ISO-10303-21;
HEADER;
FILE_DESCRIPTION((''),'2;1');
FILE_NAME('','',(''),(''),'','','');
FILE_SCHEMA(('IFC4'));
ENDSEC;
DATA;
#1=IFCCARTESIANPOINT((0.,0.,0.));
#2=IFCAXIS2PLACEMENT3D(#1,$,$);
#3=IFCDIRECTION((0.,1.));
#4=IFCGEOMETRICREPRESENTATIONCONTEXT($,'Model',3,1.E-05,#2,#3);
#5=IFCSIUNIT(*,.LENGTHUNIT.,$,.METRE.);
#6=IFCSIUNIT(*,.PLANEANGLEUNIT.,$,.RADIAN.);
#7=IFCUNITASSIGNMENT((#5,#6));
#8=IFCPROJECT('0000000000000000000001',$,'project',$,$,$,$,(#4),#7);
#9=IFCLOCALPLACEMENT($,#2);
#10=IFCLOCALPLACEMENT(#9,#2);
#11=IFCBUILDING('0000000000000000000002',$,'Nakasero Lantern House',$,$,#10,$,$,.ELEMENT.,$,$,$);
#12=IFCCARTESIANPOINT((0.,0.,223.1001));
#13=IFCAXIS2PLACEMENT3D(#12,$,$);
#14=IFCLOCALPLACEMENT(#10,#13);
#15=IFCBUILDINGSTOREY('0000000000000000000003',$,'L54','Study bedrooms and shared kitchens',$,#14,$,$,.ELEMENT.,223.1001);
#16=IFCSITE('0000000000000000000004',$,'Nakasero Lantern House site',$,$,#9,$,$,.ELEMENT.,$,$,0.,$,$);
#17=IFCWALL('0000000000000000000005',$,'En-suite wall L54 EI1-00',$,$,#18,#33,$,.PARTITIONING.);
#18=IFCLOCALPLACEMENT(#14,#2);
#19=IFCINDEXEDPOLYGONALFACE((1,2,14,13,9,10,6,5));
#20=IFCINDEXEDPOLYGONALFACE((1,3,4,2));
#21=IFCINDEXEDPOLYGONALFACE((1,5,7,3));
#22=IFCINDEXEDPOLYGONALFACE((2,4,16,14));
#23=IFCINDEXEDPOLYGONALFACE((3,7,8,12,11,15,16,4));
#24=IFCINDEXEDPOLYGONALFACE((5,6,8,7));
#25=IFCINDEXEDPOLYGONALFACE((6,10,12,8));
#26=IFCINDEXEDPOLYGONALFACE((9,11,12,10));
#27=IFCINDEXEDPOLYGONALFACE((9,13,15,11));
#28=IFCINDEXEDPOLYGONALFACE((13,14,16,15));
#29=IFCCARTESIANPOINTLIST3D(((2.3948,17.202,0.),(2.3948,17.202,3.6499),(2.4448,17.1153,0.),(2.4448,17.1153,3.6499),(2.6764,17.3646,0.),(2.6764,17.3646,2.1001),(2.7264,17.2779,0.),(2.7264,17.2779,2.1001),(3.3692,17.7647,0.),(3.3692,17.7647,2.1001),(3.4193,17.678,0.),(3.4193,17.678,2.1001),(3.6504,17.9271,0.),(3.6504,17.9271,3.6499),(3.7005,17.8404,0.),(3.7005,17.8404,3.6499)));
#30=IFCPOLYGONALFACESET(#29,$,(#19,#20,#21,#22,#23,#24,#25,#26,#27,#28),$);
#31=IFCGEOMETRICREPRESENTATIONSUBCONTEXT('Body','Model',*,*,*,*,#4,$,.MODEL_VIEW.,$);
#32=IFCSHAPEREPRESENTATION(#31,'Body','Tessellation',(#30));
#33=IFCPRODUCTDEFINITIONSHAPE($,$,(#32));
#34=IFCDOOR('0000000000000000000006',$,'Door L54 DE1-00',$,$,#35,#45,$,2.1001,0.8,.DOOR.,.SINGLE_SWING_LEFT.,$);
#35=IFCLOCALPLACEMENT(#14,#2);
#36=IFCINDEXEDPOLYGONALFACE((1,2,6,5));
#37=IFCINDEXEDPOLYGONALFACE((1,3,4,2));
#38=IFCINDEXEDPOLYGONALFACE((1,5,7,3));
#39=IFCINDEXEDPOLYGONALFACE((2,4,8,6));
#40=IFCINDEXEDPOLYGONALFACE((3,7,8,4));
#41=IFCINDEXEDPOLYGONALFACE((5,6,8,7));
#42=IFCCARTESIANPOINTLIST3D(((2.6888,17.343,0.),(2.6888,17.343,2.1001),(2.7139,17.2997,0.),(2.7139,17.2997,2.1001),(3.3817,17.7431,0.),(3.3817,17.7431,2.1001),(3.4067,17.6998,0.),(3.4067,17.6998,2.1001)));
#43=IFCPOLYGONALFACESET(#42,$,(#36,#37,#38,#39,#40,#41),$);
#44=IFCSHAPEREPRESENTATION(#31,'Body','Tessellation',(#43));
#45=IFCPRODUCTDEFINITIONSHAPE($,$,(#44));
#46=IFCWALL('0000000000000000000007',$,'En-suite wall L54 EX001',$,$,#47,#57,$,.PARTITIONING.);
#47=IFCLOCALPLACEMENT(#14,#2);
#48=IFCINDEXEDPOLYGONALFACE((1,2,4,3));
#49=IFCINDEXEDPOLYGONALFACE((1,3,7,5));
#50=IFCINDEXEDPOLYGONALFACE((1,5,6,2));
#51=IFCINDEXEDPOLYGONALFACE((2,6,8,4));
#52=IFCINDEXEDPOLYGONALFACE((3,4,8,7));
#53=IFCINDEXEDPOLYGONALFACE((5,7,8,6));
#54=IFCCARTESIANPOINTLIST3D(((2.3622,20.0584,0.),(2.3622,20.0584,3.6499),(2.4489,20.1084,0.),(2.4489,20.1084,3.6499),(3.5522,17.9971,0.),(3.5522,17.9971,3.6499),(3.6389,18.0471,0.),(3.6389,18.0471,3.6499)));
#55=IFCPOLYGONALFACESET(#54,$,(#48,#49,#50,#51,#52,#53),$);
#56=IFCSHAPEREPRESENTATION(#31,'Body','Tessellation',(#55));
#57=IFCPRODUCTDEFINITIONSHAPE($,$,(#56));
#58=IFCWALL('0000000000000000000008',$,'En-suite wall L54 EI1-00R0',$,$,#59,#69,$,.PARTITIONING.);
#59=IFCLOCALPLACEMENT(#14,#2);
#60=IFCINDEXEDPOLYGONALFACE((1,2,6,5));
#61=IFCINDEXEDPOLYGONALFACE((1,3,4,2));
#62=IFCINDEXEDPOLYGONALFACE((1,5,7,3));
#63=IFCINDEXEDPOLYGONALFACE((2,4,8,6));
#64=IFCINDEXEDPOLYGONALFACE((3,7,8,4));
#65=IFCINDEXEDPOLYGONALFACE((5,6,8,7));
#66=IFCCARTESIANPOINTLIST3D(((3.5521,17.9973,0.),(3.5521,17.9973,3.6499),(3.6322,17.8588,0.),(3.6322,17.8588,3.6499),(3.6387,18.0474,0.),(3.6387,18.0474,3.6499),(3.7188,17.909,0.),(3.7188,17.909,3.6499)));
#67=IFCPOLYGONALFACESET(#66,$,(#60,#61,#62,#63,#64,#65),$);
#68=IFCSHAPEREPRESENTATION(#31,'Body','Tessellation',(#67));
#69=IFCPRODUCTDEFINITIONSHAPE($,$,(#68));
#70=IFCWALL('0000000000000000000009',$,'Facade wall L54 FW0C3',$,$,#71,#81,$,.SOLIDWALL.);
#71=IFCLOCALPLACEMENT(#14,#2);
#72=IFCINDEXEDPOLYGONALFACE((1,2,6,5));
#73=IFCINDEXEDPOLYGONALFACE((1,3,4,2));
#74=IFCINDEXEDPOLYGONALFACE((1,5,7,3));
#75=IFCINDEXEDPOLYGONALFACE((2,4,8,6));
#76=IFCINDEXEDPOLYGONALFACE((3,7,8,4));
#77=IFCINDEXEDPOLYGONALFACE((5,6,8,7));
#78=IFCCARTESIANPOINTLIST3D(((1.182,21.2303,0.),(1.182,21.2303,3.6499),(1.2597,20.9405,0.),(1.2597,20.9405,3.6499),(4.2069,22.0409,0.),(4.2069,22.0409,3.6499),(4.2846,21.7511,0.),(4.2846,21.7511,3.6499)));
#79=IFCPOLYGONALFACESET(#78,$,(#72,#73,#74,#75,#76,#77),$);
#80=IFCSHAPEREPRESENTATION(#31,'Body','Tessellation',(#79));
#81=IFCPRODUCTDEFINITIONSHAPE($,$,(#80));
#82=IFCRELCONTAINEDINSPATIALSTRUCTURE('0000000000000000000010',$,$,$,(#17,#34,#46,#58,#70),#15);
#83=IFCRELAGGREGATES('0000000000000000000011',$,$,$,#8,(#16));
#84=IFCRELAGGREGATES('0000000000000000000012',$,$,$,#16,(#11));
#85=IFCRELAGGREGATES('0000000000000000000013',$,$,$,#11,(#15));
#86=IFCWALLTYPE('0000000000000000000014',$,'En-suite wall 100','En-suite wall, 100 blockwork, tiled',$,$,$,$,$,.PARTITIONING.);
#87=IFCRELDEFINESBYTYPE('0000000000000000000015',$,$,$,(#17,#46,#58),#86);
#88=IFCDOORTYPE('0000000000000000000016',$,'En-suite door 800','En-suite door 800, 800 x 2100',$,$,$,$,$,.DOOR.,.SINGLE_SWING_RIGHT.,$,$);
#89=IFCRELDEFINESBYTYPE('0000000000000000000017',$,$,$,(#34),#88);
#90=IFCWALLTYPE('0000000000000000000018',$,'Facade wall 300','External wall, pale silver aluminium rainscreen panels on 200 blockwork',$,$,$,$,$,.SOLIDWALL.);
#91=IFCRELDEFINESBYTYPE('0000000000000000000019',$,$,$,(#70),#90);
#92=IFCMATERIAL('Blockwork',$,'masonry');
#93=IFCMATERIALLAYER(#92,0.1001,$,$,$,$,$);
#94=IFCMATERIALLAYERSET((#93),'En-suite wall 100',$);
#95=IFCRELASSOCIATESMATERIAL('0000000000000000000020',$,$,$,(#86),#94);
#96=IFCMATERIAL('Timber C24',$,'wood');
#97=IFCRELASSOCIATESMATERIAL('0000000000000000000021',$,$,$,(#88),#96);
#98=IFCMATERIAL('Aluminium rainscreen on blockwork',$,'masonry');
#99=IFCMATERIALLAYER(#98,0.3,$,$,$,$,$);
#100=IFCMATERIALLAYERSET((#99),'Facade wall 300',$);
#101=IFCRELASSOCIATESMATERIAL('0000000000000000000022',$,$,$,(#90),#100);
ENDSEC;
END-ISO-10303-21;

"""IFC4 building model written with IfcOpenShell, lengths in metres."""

from ifc_helpers import new_model, si_unit, direction, frame, frame_2d, origin, place, context, subcontext, project, spatial, rectangle, extrude, material, layer, layer_set, type_object, element, fill, save


model = new_model("IFC4")

# Units and contexts
model_context = context("Model", 3, precision=1e-05, world=origin(), true_north=direction((0.0, 1.0)))
body_context = subcontext(model_context, "Body", "Model", "MODEL_VIEW")
ifc_project = project(units=[si_unit("LENGTHUNIT", "METRE"), si_unit("PLANEANGLEUNIT", "RADIAN")], contexts=[model_context])

# Site, building, storey
site_placement = place(None, origin())
site = spatial("IfcSite", under=ifc_project, at=site_placement, Name="Nakasero Lantern House site", CompositionType="ELEMENT", RefElevation=0.0)
building_placement = place(site_placement, origin())
building = spatial("IfcBuilding", under=site, at=building_placement, Name="Nakasero Lantern House", CompositionType="ELEMENT")
storey_placement = place(building_placement, frame((0.0, 0.0, 223.1001)))
storey = spatial("IfcBuildingStorey", under=building, at=storey_placement, Name="L54", Description="Study bedrooms and shared kitchens", CompositionType="ELEMENT", Elevation=223.1001)

# Shared definitions
ifc_material_1 = material(Name="Blockwork", Category="masonry")
ifc_layer_1 = layer(ifc_material_1, 0.1001)
ifc_layer_set_1 = layer_set([ifc_layer_1], Name="En-suite wall 100")
wall_type_1 = type_object("IfcWallType", Name="En-suite wall 100", Description="En-suite wall, 100 blockwork, tiled", PredefinedType="PARTITIONING", material=ifc_layer_set_1)

# Wall, opening, door
wall_1_placement = place(storey_placement, frame((3.6755, 17.8838, 0.0), z_axis=(0.0, 0.0, 1.0), x_axis=(-0.865975, -0.500087, 0.0)))
wall_1 = element("IfcWall", 1, at=wall_1_placement, inside=storey, type_object=wall_type_1, Name="En-suite wall L54 EI1-00", PredefinedType="PARTITIONING", context=body_context, shape_type="SweptSolid", body=[
    extrude(rectangle(XDim=1.45, YDim=0.1001, at=frame_2d((0.7251, 0.0))), origin(), (0.0, 0.0, 1.0), 3.6499),
])
opening_1_placement = place(wall_1_placement, frame((0.325, 0.0, 0.0)))
opening_1 = element("IfcOpeningElement", 2, at=opening_1_placement, cuts=wall_1, PredefinedType="OPENING", context=body_context, shape_type="SweptSolid", body=[
    extrude(rectangle(XDim=0.8, YDim=2.1001, at=frame_2d((0.3999, 1.05))), frame((0.0, 0.0701, 0.0), z_axis=(0.0, -1.0, 0.0), x_axis=(1.0, 0.0, 0.0)), (0.0, 0.0, 1.0), 0.1401),
])
ifc_material_2 = material(Name="Timber C24", Category="wood")
door_type_1 = type_object("IfcDoorType", Name="En-suite door 800", Description="En-suite door 800, 800 x 2100", OperationType="SINGLE_SWING_RIGHT", PredefinedType="DOOR", material=ifc_material_2)
door_1_placement = place(opening_1_placement, origin())
door_1 = element("IfcDoor", 3, at=door_1_placement, inside=storey, type_object=door_type_1, Name="Door L54 DE1-00", OperationType="SINGLE_SWING_LEFT", OverallHeight=2.1001, OverallWidth=0.8, PredefinedType="DOOR", context=body_context, shape_type="SweptSolid", body=[
    extrude(rectangle(XDim=0.8, YDim=2.1001, at=frame_2d((0.3999, 1.05))), frame((0.0, 0.0249, 0.0), z_axis=(0.0, -1.0, 0.0), x_axis=(1.0, 0.0, 0.0)), (0.0, 0.0, 1.0), 0.05),
])
fill(opening_1, door_1)

# Walls
wall_2_placement = place(storey_placement, frame((3.5955, 18.0222, 0.0), z_axis=(0.0, 0.0, 1.0), x_axis=(-0.499956, 0.866051, 0.0)))
element("IfcWall", 4, at=wall_2_placement, inside=storey, type_object=wall_type_1, Name="En-suite wall L54 EX001", PredefinedType="PARTITIONING", context=body_context, shape_type="SweptSolid", body=[
    extrude(rectangle(XDim=2.3801, YDim=0.1001, at=frame_2d((1.1899, 0.0))), origin(), (0.0, 0.0, 1.0), 3.6499),
])
wall_3_placement = place(storey_placement, frame((3.6755, 17.8838, 0.0), z_axis=(0.0, 0.0, 1.0), x_axis=(-0.500735, 0.8656, 0.0)))
element("IfcWall", 5, at=wall_3_placement, inside=storey, type_object=wall_type_1, Name="En-suite wall L54 EI1-00R0", PredefinedType="PARTITIONING", context=body_context, shape_type="SweptSolid", body=[
    extrude(rectangle(XDim=0.1599, YDim=0.1001, at=frame_2d((0.0801, 0.0))), origin(), (0.0, 0.0, 1.0), 3.6499),
])
ifc_material_3 = material(Name="Aluminium rainscreen on blockwork", Category="masonry")
ifc_layer_2 = layer(ifc_material_3, 0.3)
ifc_layer_set_2 = layer_set([ifc_layer_2], Name="Facade wall 300")
wall_type_2 = type_object("IfcWallType", Name="Facade wall 300", Description="External wall, pale silver aluminium rainscreen panels on 200 blockwork", PredefinedType="SOLIDWALL", material=ifc_layer_set_2)
wall_4_placement = place(storey_placement, frame((4.2458, 21.896, 0.0), z_axis=(0.0, 0.0, 1.0), x_axis=(-0.965924, -0.258827, 0.0)))
element("IfcWall", 6, at=wall_4_placement, inside=storey, type_object=wall_type_2, Name="Facade wall L54 FW0C3", PredefinedType="SOLIDWALL", context=body_context, shape_type="SweptSolid", body=[
    extrude(rectangle(XDim=3.1316, YDim=0.3, at=frame_2d((1.5659, 0.0))), origin(), (0.0, 0.0, 1.0), 3.6499),
])

save(model, "model.ifc")
